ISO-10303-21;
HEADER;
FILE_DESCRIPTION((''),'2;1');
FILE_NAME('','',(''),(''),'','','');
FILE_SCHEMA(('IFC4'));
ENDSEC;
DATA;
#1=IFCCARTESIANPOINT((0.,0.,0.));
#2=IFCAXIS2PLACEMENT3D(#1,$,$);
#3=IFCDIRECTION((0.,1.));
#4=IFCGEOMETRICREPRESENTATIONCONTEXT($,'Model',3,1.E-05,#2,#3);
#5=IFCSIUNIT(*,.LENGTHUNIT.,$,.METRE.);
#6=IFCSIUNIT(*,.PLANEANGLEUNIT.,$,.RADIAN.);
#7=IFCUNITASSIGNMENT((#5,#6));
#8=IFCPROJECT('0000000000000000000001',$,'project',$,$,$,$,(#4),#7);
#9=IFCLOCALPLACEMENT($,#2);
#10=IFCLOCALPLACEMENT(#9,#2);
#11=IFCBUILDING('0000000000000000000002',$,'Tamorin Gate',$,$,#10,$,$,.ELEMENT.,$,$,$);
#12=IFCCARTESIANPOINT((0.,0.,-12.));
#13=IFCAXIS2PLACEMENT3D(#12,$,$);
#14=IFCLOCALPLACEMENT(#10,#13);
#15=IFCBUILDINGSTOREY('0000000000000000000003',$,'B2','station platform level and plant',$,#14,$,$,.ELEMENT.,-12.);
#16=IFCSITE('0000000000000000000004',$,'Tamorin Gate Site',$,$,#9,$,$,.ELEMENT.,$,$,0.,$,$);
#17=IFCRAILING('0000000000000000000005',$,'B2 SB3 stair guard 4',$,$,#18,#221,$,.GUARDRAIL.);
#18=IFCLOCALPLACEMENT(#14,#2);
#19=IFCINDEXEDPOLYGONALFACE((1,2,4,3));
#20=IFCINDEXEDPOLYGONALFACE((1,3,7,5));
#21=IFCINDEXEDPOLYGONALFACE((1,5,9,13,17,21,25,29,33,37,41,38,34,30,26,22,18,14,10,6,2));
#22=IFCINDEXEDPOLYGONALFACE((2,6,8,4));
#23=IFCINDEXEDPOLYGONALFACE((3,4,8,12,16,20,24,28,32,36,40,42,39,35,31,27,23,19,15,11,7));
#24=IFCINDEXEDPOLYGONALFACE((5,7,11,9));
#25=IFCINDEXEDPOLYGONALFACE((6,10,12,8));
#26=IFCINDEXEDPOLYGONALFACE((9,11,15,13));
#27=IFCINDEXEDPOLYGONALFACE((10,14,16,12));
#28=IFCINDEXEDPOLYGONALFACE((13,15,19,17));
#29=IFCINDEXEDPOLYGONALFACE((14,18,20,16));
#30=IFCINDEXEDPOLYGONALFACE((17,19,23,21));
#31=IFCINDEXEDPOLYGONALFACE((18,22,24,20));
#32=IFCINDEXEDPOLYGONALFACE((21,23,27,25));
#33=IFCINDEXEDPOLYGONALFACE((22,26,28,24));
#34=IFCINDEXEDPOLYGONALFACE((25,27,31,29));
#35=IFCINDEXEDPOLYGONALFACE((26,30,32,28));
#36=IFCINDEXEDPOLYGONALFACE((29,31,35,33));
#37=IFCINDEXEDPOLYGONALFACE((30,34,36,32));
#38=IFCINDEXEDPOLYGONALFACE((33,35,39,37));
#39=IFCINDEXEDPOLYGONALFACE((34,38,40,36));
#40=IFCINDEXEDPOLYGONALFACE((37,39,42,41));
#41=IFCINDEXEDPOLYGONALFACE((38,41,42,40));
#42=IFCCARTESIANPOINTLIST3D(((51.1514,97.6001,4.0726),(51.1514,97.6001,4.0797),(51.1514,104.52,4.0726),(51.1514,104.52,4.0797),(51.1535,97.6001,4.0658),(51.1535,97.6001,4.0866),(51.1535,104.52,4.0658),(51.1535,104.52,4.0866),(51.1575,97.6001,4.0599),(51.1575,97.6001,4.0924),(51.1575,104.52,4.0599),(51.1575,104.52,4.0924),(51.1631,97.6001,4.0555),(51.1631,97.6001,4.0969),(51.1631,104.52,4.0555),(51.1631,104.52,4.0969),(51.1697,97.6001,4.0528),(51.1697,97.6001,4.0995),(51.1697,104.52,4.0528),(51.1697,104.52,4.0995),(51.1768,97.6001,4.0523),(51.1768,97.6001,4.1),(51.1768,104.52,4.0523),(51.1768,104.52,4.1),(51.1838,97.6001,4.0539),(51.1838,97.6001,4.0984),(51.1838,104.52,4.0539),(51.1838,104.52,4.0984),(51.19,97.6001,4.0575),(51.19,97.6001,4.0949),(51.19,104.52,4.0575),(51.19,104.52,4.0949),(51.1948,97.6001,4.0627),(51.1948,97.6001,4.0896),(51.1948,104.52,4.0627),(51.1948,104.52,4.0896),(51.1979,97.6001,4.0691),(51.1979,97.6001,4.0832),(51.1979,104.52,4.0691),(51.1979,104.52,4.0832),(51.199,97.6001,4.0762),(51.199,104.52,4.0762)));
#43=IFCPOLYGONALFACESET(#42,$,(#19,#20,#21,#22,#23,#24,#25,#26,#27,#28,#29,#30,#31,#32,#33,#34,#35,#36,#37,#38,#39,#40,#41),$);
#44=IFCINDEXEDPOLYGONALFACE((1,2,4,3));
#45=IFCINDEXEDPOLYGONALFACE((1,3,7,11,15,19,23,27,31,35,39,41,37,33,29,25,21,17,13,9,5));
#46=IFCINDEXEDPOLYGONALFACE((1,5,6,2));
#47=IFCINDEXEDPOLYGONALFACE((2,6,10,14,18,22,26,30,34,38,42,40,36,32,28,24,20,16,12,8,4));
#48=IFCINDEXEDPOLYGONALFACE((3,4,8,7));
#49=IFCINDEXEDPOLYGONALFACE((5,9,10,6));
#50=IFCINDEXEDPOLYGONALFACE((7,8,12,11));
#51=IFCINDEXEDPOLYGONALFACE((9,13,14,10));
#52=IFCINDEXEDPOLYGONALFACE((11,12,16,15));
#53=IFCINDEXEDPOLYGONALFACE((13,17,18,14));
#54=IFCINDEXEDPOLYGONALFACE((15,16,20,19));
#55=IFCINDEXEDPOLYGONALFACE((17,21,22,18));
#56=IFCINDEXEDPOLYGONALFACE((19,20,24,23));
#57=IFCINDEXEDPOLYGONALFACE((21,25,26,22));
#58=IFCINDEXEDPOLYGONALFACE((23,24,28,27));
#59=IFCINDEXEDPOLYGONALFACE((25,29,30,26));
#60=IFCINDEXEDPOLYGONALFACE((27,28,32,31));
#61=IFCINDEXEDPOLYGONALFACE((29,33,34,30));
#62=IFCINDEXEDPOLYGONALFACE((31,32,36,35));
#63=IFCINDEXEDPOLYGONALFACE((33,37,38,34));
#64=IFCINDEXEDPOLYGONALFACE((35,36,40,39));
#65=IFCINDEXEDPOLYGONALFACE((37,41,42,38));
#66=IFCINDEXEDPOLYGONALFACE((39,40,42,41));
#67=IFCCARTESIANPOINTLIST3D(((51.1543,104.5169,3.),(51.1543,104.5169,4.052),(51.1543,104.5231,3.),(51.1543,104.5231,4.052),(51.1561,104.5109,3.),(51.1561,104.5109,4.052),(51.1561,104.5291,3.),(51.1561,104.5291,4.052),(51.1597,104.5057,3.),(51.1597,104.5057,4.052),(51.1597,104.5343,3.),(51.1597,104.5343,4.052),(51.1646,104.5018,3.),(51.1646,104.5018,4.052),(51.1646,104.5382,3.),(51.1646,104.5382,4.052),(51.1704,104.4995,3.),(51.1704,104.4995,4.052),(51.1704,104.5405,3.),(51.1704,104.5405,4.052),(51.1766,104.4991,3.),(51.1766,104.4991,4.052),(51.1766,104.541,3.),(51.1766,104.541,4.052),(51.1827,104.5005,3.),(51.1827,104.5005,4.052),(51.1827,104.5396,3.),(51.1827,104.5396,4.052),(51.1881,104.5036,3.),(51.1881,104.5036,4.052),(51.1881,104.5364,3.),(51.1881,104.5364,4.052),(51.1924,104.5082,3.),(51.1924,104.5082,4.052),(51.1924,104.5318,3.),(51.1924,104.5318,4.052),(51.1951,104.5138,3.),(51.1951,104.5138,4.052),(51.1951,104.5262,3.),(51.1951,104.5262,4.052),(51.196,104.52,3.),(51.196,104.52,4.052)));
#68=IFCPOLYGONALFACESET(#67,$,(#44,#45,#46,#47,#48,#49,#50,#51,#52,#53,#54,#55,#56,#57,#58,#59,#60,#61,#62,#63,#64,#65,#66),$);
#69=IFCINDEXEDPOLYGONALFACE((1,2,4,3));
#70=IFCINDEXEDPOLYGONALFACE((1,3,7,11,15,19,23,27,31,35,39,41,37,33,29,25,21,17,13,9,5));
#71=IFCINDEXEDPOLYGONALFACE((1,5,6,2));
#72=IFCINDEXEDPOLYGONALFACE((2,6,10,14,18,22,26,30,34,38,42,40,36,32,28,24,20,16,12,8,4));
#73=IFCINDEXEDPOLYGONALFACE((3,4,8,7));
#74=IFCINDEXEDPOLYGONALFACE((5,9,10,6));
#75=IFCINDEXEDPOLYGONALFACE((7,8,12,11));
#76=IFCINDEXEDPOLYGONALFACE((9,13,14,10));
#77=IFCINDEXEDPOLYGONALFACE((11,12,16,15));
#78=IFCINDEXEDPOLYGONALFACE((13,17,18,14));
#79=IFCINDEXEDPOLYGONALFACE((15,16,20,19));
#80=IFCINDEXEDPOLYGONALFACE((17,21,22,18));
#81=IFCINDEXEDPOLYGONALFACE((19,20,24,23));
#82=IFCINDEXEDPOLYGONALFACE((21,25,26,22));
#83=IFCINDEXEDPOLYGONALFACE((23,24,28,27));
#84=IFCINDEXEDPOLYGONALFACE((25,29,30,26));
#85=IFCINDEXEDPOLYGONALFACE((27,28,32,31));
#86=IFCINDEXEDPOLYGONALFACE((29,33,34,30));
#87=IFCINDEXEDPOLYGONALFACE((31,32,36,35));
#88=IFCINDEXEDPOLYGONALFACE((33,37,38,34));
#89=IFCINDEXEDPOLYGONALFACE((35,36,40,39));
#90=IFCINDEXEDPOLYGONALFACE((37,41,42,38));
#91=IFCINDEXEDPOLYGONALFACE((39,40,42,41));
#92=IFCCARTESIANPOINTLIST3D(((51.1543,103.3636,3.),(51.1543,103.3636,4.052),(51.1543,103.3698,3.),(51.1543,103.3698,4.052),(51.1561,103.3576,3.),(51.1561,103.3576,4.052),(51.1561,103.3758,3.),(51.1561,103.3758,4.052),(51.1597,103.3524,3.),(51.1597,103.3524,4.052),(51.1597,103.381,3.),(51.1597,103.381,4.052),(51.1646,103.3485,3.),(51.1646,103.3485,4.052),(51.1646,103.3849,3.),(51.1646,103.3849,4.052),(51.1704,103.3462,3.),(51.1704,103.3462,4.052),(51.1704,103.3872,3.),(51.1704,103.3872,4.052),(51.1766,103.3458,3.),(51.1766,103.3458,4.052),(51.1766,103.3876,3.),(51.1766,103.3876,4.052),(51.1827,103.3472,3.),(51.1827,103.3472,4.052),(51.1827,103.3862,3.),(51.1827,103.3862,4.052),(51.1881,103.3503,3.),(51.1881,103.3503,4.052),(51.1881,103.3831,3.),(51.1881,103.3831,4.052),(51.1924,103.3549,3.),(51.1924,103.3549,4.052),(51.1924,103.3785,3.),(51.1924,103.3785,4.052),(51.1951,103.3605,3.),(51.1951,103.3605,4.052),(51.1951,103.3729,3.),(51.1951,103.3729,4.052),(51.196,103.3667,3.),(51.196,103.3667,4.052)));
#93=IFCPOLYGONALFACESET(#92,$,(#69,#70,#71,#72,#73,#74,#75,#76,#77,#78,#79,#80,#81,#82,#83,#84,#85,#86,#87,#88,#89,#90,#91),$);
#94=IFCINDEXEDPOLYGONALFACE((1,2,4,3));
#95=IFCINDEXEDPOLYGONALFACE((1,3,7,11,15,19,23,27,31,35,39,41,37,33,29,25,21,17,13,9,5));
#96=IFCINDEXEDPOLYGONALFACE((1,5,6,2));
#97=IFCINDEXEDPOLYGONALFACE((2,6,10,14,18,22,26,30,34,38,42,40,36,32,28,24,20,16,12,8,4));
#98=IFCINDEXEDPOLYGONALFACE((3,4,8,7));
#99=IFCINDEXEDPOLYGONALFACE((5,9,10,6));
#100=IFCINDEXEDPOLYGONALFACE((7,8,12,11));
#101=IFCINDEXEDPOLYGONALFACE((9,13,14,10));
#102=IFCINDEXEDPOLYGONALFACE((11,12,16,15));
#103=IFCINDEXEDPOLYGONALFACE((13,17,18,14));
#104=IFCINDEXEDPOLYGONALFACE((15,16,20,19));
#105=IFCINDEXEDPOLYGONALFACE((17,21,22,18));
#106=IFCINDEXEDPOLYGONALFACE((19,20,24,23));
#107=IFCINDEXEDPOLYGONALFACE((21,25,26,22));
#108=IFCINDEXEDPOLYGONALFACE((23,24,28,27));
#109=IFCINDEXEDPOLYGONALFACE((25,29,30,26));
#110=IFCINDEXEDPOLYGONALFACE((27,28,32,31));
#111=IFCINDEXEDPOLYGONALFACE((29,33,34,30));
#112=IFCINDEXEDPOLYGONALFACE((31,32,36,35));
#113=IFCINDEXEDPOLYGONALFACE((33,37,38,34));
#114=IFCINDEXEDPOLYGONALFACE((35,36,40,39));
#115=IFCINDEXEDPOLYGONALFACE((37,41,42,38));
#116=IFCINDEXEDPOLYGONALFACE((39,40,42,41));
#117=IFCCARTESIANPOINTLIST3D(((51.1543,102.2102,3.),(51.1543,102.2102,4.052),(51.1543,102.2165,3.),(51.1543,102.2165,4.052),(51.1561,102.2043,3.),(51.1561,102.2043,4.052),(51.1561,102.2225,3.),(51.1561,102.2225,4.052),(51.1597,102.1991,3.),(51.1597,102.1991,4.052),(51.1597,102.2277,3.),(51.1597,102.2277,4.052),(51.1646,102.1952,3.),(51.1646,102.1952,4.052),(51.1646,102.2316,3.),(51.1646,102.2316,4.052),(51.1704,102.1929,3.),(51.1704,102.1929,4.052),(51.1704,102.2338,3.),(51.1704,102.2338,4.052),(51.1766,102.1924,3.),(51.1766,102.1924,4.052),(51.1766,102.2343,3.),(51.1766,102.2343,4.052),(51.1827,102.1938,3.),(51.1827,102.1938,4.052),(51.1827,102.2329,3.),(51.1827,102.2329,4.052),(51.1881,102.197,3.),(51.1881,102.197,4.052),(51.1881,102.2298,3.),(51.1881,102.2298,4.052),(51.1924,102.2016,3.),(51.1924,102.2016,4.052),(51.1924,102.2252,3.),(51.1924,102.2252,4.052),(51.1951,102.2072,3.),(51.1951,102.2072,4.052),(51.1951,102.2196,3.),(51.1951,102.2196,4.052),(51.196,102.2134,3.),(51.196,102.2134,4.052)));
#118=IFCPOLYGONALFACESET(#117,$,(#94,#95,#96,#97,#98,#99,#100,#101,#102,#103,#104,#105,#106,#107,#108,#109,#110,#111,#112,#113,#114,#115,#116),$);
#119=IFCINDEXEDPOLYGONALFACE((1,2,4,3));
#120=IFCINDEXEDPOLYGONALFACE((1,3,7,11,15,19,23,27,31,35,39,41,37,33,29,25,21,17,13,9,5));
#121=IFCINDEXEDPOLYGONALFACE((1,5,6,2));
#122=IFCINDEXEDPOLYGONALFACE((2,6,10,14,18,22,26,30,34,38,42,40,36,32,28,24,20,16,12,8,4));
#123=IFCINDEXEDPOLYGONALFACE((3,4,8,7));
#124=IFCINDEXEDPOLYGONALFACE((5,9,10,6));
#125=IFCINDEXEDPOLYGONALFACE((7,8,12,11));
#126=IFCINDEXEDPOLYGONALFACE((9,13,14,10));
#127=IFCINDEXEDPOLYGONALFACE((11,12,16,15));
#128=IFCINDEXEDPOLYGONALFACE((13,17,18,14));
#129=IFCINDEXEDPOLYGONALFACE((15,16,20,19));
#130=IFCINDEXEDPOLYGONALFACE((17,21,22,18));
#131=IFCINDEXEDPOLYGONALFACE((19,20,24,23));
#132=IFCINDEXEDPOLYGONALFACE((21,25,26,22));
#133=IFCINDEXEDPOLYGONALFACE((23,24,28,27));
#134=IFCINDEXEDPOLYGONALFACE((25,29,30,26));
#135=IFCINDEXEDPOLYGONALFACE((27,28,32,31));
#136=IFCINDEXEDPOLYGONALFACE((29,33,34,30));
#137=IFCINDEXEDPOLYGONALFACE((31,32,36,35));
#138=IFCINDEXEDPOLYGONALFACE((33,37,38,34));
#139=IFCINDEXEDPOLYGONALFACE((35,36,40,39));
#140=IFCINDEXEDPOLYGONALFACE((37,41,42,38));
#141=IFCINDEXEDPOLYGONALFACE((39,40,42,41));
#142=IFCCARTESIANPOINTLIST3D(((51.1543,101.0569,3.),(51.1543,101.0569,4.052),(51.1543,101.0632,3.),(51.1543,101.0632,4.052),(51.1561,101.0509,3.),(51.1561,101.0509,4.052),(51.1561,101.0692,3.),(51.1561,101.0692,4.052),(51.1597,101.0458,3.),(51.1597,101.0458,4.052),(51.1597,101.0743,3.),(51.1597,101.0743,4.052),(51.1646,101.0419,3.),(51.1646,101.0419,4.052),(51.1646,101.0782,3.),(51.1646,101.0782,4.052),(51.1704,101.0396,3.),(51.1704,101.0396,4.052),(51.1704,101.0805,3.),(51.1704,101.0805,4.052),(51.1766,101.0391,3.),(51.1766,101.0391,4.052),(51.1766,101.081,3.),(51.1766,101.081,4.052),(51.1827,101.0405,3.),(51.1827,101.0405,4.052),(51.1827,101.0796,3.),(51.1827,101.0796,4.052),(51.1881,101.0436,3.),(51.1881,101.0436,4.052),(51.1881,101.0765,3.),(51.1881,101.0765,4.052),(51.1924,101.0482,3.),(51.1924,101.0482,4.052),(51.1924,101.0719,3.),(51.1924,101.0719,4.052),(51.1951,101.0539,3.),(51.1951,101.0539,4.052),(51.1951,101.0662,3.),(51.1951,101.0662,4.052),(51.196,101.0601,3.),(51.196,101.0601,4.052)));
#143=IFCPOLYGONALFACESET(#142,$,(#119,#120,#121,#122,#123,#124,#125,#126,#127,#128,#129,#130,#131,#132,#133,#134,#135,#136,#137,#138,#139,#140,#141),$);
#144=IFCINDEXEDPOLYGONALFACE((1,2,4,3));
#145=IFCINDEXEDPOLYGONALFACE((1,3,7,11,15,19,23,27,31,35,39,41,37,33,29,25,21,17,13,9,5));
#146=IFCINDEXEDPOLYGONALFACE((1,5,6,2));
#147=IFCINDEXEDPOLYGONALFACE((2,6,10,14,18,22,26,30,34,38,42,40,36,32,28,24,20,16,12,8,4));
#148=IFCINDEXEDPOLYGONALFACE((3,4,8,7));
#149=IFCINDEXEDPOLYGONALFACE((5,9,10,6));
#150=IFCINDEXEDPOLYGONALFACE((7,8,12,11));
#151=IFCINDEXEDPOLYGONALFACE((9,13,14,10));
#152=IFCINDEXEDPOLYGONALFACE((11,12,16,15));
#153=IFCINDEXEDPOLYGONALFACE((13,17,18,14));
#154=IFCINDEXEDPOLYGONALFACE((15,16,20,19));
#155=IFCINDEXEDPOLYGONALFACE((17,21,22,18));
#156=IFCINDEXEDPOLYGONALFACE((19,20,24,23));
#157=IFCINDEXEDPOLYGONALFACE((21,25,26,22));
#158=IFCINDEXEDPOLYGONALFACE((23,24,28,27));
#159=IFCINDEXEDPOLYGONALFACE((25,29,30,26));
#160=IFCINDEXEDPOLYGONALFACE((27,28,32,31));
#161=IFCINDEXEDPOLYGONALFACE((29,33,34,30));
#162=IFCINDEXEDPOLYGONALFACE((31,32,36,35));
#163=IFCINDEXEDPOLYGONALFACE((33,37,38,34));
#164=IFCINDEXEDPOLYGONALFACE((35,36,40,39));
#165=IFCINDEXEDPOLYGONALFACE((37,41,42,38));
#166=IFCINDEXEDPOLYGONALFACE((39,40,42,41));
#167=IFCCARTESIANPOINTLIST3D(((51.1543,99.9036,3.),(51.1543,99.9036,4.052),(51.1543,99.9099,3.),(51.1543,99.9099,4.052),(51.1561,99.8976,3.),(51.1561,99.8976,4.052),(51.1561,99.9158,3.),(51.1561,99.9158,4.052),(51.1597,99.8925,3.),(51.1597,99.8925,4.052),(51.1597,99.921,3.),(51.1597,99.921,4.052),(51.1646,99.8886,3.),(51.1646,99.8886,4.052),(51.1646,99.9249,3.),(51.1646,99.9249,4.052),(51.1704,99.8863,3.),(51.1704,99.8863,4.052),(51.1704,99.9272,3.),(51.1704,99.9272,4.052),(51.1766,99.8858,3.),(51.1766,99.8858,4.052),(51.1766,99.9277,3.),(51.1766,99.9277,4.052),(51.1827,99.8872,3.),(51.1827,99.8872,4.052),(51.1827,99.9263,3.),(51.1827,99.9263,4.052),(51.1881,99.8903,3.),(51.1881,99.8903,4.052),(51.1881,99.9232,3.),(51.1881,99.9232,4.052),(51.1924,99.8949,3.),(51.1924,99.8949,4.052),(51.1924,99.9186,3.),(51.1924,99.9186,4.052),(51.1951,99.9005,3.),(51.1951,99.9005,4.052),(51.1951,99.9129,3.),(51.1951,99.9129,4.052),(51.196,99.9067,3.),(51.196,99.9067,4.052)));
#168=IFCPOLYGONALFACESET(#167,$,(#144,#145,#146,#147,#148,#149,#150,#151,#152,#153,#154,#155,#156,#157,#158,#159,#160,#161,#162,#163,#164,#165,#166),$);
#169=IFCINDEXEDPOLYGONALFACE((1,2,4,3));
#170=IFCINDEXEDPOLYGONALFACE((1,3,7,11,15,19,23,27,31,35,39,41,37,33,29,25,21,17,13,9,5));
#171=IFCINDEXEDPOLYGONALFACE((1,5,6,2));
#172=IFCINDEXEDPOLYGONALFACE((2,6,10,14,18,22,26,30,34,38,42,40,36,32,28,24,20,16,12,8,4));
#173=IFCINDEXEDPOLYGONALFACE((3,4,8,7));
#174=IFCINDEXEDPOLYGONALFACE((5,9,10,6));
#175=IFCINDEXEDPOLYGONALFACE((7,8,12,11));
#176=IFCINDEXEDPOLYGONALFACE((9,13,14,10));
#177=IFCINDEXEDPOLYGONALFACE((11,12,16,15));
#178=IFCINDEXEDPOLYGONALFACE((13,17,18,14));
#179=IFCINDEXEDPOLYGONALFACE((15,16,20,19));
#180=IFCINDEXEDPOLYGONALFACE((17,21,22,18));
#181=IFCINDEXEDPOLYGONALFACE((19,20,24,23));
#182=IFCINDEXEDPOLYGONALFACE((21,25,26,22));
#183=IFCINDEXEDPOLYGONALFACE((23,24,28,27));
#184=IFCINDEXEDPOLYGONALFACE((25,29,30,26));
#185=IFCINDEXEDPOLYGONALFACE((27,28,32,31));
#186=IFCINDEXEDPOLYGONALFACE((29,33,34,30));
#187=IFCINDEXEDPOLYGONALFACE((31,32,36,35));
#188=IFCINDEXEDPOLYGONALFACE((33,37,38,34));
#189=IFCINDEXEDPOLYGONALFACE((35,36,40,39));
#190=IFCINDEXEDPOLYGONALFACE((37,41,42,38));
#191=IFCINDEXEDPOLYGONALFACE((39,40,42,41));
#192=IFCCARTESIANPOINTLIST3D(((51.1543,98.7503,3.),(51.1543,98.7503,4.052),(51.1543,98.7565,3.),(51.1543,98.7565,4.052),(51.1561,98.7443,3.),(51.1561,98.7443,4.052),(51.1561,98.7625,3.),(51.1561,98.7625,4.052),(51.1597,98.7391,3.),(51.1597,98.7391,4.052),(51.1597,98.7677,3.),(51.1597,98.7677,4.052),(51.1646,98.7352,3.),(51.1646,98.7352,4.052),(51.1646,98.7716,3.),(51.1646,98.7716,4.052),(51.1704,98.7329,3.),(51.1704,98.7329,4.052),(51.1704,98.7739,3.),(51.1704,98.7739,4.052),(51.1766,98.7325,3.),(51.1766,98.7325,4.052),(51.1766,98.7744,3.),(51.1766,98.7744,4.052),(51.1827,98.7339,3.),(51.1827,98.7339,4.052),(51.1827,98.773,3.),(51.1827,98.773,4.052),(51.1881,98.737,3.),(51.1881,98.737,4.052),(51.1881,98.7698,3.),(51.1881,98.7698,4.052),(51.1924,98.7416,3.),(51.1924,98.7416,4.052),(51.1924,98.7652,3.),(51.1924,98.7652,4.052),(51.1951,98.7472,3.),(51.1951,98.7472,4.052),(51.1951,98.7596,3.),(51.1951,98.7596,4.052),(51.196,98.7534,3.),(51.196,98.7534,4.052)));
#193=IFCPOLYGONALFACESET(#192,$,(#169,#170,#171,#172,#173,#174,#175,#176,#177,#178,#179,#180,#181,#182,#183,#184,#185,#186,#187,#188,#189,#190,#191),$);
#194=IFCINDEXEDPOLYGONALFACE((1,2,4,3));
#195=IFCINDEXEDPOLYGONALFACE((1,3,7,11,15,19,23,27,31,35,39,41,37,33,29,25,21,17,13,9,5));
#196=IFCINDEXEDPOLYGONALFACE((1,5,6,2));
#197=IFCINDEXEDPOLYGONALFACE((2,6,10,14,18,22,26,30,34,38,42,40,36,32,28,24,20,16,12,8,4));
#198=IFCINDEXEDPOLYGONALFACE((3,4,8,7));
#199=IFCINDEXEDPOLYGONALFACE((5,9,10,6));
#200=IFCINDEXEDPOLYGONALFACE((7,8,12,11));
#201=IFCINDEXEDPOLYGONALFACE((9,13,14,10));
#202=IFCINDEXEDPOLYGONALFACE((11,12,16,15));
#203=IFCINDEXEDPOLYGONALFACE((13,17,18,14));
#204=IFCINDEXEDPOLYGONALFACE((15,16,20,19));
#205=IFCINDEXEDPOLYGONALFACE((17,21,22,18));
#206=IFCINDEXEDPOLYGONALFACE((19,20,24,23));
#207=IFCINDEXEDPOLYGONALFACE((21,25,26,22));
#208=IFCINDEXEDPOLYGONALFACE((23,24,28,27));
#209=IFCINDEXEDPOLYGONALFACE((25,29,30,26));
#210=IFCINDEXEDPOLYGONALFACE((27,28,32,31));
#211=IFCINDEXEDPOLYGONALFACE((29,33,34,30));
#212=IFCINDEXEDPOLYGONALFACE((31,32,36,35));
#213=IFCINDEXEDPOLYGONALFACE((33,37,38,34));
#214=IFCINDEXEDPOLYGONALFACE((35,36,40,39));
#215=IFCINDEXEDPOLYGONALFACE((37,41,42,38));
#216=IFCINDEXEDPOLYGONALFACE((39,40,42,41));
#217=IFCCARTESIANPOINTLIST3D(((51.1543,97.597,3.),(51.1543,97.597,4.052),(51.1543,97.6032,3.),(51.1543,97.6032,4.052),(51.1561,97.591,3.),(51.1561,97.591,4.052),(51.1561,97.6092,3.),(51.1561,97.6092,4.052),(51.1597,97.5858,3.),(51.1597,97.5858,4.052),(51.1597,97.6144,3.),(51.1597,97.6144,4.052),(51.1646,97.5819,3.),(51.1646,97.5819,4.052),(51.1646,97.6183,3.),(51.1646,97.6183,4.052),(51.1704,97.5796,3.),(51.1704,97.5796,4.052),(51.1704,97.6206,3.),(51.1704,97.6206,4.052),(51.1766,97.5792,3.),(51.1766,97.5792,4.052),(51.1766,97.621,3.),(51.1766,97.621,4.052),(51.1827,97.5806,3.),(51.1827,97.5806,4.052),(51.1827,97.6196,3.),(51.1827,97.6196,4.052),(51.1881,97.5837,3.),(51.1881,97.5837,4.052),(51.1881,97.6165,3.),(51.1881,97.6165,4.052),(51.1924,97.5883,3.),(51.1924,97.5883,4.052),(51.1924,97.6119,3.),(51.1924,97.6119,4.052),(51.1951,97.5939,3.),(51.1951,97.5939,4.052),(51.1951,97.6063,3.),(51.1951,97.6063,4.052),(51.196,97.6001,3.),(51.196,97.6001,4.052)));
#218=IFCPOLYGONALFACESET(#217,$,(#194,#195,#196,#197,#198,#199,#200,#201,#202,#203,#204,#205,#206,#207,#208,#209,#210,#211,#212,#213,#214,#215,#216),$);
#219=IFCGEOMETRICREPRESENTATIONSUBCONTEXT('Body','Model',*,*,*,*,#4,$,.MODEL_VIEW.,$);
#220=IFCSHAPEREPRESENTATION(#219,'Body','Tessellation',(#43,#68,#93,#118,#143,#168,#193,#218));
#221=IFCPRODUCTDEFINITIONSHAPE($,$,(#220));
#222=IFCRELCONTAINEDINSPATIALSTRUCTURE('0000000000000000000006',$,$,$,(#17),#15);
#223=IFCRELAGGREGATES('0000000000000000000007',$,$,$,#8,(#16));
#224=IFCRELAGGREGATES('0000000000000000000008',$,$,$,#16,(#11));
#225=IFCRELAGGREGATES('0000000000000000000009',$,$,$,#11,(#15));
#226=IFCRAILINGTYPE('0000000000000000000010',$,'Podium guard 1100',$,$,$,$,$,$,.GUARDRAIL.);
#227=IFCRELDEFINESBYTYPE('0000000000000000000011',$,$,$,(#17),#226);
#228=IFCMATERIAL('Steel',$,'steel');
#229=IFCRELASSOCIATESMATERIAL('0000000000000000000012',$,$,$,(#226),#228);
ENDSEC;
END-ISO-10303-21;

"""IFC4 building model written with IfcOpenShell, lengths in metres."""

from ifc_helpers import new_model, si_unit, direction, frame, origin, origin_2d, place, context, subcontext, project, spatial, circle, extrude, material, type_object, element, save


model = new_model("IFC4")

# Units and contexts
model_context = context("Model", 3, precision=1e-05, world=origin(), true_north=direction((0.0, 1.0)))
body_context = subcontext(model_context, "Body", "Model", "MODEL_VIEW")
ifc_project = project(units=[si_unit("LENGTHUNIT", "METRE"), si_unit("PLANEANGLEUNIT", "RADIAN")], contexts=[model_context])

# Site, building, storey
site_placement = place(None, origin())
site = spatial("IfcSite", under=ifc_project, at=site_placement, Name="Tamorin Gate Site", CompositionType="ELEMENT", RefElevation=0.0)
building_placement = place(site_placement, origin())
building = spatial("IfcBuilding", under=site, at=building_placement, Name="Tamorin Gate", CompositionType="ELEMENT")
storey_placement = place(building_placement, frame((0.0, 0.0, -12.0)))
storey = spatial("IfcBuildingStorey", under=building, at=storey_placement, Name="B2", Description="station platform level and plant", CompositionType="ELEMENT", Elevation=-12.0)

# Railing
ifc_material_1 = material(Name="Steel", Category="steel")
railing_type_1 = type_object("IfcRailingType", Name="Podium guard 1100", PredefinedType="GUARDRAIL", material=ifc_material_1)
railing_1_placement = place(storey_placement, frame((51.175, 104.52, 3.0)))
element("IfcRailing", 1, at=railing_1_placement, inside=storey, type_object=railing_type_1, Name="B2 SB3 stair guard 4", PredefinedType="GUARDRAIL", context=body_context, shape_type="SweptSolid", body=[
    extrude(circle(Radius=0.0239, at=origin_2d()), frame((0.0, 0.0, 1.0762), z_axis=(0.0, -1.0, 0.0), x_axis=(1.0, 0.0, 0.0)), (0.0, 0.0, 1.0), 6.9199),
    extrude(circle(Radius=0.021, at=origin_2d()), origin(), (0.0, 0.0, 1.0), 1.052),
    extrude(circle(Radius=0.021, at=origin_2d()), frame((0.0, -1.1533, 0.0)), (0.0, 0.0, 1.0), 1.052),
    extrude(circle(Radius=0.021, at=origin_2d()), frame((0.0, -2.3066, 0.0)), (0.0, 0.0, 1.0), 1.052),
    extrude(circle(Radius=0.021, at=origin_2d()), frame((0.0, -3.46, 0.0)), (0.0, 0.0, 1.0), 1.052),
    extrude(circle(Radius=0.021, at=origin_2d()), frame((0.0, -4.6133, 0.0)), (0.0, 0.0, 1.0), 1.052),
    extrude(circle(Radius=0.021, at=origin_2d()), frame((0.0, -5.7666, 0.0)), (0.0, 0.0, 1.0), 1.052),
    extrude(circle(Radius=0.021, at=origin_2d()), frame((0.0, -6.9199, 0.0)), (0.0, 0.0, 1.0), 1.052),
])

save(model, "model.ifc")
